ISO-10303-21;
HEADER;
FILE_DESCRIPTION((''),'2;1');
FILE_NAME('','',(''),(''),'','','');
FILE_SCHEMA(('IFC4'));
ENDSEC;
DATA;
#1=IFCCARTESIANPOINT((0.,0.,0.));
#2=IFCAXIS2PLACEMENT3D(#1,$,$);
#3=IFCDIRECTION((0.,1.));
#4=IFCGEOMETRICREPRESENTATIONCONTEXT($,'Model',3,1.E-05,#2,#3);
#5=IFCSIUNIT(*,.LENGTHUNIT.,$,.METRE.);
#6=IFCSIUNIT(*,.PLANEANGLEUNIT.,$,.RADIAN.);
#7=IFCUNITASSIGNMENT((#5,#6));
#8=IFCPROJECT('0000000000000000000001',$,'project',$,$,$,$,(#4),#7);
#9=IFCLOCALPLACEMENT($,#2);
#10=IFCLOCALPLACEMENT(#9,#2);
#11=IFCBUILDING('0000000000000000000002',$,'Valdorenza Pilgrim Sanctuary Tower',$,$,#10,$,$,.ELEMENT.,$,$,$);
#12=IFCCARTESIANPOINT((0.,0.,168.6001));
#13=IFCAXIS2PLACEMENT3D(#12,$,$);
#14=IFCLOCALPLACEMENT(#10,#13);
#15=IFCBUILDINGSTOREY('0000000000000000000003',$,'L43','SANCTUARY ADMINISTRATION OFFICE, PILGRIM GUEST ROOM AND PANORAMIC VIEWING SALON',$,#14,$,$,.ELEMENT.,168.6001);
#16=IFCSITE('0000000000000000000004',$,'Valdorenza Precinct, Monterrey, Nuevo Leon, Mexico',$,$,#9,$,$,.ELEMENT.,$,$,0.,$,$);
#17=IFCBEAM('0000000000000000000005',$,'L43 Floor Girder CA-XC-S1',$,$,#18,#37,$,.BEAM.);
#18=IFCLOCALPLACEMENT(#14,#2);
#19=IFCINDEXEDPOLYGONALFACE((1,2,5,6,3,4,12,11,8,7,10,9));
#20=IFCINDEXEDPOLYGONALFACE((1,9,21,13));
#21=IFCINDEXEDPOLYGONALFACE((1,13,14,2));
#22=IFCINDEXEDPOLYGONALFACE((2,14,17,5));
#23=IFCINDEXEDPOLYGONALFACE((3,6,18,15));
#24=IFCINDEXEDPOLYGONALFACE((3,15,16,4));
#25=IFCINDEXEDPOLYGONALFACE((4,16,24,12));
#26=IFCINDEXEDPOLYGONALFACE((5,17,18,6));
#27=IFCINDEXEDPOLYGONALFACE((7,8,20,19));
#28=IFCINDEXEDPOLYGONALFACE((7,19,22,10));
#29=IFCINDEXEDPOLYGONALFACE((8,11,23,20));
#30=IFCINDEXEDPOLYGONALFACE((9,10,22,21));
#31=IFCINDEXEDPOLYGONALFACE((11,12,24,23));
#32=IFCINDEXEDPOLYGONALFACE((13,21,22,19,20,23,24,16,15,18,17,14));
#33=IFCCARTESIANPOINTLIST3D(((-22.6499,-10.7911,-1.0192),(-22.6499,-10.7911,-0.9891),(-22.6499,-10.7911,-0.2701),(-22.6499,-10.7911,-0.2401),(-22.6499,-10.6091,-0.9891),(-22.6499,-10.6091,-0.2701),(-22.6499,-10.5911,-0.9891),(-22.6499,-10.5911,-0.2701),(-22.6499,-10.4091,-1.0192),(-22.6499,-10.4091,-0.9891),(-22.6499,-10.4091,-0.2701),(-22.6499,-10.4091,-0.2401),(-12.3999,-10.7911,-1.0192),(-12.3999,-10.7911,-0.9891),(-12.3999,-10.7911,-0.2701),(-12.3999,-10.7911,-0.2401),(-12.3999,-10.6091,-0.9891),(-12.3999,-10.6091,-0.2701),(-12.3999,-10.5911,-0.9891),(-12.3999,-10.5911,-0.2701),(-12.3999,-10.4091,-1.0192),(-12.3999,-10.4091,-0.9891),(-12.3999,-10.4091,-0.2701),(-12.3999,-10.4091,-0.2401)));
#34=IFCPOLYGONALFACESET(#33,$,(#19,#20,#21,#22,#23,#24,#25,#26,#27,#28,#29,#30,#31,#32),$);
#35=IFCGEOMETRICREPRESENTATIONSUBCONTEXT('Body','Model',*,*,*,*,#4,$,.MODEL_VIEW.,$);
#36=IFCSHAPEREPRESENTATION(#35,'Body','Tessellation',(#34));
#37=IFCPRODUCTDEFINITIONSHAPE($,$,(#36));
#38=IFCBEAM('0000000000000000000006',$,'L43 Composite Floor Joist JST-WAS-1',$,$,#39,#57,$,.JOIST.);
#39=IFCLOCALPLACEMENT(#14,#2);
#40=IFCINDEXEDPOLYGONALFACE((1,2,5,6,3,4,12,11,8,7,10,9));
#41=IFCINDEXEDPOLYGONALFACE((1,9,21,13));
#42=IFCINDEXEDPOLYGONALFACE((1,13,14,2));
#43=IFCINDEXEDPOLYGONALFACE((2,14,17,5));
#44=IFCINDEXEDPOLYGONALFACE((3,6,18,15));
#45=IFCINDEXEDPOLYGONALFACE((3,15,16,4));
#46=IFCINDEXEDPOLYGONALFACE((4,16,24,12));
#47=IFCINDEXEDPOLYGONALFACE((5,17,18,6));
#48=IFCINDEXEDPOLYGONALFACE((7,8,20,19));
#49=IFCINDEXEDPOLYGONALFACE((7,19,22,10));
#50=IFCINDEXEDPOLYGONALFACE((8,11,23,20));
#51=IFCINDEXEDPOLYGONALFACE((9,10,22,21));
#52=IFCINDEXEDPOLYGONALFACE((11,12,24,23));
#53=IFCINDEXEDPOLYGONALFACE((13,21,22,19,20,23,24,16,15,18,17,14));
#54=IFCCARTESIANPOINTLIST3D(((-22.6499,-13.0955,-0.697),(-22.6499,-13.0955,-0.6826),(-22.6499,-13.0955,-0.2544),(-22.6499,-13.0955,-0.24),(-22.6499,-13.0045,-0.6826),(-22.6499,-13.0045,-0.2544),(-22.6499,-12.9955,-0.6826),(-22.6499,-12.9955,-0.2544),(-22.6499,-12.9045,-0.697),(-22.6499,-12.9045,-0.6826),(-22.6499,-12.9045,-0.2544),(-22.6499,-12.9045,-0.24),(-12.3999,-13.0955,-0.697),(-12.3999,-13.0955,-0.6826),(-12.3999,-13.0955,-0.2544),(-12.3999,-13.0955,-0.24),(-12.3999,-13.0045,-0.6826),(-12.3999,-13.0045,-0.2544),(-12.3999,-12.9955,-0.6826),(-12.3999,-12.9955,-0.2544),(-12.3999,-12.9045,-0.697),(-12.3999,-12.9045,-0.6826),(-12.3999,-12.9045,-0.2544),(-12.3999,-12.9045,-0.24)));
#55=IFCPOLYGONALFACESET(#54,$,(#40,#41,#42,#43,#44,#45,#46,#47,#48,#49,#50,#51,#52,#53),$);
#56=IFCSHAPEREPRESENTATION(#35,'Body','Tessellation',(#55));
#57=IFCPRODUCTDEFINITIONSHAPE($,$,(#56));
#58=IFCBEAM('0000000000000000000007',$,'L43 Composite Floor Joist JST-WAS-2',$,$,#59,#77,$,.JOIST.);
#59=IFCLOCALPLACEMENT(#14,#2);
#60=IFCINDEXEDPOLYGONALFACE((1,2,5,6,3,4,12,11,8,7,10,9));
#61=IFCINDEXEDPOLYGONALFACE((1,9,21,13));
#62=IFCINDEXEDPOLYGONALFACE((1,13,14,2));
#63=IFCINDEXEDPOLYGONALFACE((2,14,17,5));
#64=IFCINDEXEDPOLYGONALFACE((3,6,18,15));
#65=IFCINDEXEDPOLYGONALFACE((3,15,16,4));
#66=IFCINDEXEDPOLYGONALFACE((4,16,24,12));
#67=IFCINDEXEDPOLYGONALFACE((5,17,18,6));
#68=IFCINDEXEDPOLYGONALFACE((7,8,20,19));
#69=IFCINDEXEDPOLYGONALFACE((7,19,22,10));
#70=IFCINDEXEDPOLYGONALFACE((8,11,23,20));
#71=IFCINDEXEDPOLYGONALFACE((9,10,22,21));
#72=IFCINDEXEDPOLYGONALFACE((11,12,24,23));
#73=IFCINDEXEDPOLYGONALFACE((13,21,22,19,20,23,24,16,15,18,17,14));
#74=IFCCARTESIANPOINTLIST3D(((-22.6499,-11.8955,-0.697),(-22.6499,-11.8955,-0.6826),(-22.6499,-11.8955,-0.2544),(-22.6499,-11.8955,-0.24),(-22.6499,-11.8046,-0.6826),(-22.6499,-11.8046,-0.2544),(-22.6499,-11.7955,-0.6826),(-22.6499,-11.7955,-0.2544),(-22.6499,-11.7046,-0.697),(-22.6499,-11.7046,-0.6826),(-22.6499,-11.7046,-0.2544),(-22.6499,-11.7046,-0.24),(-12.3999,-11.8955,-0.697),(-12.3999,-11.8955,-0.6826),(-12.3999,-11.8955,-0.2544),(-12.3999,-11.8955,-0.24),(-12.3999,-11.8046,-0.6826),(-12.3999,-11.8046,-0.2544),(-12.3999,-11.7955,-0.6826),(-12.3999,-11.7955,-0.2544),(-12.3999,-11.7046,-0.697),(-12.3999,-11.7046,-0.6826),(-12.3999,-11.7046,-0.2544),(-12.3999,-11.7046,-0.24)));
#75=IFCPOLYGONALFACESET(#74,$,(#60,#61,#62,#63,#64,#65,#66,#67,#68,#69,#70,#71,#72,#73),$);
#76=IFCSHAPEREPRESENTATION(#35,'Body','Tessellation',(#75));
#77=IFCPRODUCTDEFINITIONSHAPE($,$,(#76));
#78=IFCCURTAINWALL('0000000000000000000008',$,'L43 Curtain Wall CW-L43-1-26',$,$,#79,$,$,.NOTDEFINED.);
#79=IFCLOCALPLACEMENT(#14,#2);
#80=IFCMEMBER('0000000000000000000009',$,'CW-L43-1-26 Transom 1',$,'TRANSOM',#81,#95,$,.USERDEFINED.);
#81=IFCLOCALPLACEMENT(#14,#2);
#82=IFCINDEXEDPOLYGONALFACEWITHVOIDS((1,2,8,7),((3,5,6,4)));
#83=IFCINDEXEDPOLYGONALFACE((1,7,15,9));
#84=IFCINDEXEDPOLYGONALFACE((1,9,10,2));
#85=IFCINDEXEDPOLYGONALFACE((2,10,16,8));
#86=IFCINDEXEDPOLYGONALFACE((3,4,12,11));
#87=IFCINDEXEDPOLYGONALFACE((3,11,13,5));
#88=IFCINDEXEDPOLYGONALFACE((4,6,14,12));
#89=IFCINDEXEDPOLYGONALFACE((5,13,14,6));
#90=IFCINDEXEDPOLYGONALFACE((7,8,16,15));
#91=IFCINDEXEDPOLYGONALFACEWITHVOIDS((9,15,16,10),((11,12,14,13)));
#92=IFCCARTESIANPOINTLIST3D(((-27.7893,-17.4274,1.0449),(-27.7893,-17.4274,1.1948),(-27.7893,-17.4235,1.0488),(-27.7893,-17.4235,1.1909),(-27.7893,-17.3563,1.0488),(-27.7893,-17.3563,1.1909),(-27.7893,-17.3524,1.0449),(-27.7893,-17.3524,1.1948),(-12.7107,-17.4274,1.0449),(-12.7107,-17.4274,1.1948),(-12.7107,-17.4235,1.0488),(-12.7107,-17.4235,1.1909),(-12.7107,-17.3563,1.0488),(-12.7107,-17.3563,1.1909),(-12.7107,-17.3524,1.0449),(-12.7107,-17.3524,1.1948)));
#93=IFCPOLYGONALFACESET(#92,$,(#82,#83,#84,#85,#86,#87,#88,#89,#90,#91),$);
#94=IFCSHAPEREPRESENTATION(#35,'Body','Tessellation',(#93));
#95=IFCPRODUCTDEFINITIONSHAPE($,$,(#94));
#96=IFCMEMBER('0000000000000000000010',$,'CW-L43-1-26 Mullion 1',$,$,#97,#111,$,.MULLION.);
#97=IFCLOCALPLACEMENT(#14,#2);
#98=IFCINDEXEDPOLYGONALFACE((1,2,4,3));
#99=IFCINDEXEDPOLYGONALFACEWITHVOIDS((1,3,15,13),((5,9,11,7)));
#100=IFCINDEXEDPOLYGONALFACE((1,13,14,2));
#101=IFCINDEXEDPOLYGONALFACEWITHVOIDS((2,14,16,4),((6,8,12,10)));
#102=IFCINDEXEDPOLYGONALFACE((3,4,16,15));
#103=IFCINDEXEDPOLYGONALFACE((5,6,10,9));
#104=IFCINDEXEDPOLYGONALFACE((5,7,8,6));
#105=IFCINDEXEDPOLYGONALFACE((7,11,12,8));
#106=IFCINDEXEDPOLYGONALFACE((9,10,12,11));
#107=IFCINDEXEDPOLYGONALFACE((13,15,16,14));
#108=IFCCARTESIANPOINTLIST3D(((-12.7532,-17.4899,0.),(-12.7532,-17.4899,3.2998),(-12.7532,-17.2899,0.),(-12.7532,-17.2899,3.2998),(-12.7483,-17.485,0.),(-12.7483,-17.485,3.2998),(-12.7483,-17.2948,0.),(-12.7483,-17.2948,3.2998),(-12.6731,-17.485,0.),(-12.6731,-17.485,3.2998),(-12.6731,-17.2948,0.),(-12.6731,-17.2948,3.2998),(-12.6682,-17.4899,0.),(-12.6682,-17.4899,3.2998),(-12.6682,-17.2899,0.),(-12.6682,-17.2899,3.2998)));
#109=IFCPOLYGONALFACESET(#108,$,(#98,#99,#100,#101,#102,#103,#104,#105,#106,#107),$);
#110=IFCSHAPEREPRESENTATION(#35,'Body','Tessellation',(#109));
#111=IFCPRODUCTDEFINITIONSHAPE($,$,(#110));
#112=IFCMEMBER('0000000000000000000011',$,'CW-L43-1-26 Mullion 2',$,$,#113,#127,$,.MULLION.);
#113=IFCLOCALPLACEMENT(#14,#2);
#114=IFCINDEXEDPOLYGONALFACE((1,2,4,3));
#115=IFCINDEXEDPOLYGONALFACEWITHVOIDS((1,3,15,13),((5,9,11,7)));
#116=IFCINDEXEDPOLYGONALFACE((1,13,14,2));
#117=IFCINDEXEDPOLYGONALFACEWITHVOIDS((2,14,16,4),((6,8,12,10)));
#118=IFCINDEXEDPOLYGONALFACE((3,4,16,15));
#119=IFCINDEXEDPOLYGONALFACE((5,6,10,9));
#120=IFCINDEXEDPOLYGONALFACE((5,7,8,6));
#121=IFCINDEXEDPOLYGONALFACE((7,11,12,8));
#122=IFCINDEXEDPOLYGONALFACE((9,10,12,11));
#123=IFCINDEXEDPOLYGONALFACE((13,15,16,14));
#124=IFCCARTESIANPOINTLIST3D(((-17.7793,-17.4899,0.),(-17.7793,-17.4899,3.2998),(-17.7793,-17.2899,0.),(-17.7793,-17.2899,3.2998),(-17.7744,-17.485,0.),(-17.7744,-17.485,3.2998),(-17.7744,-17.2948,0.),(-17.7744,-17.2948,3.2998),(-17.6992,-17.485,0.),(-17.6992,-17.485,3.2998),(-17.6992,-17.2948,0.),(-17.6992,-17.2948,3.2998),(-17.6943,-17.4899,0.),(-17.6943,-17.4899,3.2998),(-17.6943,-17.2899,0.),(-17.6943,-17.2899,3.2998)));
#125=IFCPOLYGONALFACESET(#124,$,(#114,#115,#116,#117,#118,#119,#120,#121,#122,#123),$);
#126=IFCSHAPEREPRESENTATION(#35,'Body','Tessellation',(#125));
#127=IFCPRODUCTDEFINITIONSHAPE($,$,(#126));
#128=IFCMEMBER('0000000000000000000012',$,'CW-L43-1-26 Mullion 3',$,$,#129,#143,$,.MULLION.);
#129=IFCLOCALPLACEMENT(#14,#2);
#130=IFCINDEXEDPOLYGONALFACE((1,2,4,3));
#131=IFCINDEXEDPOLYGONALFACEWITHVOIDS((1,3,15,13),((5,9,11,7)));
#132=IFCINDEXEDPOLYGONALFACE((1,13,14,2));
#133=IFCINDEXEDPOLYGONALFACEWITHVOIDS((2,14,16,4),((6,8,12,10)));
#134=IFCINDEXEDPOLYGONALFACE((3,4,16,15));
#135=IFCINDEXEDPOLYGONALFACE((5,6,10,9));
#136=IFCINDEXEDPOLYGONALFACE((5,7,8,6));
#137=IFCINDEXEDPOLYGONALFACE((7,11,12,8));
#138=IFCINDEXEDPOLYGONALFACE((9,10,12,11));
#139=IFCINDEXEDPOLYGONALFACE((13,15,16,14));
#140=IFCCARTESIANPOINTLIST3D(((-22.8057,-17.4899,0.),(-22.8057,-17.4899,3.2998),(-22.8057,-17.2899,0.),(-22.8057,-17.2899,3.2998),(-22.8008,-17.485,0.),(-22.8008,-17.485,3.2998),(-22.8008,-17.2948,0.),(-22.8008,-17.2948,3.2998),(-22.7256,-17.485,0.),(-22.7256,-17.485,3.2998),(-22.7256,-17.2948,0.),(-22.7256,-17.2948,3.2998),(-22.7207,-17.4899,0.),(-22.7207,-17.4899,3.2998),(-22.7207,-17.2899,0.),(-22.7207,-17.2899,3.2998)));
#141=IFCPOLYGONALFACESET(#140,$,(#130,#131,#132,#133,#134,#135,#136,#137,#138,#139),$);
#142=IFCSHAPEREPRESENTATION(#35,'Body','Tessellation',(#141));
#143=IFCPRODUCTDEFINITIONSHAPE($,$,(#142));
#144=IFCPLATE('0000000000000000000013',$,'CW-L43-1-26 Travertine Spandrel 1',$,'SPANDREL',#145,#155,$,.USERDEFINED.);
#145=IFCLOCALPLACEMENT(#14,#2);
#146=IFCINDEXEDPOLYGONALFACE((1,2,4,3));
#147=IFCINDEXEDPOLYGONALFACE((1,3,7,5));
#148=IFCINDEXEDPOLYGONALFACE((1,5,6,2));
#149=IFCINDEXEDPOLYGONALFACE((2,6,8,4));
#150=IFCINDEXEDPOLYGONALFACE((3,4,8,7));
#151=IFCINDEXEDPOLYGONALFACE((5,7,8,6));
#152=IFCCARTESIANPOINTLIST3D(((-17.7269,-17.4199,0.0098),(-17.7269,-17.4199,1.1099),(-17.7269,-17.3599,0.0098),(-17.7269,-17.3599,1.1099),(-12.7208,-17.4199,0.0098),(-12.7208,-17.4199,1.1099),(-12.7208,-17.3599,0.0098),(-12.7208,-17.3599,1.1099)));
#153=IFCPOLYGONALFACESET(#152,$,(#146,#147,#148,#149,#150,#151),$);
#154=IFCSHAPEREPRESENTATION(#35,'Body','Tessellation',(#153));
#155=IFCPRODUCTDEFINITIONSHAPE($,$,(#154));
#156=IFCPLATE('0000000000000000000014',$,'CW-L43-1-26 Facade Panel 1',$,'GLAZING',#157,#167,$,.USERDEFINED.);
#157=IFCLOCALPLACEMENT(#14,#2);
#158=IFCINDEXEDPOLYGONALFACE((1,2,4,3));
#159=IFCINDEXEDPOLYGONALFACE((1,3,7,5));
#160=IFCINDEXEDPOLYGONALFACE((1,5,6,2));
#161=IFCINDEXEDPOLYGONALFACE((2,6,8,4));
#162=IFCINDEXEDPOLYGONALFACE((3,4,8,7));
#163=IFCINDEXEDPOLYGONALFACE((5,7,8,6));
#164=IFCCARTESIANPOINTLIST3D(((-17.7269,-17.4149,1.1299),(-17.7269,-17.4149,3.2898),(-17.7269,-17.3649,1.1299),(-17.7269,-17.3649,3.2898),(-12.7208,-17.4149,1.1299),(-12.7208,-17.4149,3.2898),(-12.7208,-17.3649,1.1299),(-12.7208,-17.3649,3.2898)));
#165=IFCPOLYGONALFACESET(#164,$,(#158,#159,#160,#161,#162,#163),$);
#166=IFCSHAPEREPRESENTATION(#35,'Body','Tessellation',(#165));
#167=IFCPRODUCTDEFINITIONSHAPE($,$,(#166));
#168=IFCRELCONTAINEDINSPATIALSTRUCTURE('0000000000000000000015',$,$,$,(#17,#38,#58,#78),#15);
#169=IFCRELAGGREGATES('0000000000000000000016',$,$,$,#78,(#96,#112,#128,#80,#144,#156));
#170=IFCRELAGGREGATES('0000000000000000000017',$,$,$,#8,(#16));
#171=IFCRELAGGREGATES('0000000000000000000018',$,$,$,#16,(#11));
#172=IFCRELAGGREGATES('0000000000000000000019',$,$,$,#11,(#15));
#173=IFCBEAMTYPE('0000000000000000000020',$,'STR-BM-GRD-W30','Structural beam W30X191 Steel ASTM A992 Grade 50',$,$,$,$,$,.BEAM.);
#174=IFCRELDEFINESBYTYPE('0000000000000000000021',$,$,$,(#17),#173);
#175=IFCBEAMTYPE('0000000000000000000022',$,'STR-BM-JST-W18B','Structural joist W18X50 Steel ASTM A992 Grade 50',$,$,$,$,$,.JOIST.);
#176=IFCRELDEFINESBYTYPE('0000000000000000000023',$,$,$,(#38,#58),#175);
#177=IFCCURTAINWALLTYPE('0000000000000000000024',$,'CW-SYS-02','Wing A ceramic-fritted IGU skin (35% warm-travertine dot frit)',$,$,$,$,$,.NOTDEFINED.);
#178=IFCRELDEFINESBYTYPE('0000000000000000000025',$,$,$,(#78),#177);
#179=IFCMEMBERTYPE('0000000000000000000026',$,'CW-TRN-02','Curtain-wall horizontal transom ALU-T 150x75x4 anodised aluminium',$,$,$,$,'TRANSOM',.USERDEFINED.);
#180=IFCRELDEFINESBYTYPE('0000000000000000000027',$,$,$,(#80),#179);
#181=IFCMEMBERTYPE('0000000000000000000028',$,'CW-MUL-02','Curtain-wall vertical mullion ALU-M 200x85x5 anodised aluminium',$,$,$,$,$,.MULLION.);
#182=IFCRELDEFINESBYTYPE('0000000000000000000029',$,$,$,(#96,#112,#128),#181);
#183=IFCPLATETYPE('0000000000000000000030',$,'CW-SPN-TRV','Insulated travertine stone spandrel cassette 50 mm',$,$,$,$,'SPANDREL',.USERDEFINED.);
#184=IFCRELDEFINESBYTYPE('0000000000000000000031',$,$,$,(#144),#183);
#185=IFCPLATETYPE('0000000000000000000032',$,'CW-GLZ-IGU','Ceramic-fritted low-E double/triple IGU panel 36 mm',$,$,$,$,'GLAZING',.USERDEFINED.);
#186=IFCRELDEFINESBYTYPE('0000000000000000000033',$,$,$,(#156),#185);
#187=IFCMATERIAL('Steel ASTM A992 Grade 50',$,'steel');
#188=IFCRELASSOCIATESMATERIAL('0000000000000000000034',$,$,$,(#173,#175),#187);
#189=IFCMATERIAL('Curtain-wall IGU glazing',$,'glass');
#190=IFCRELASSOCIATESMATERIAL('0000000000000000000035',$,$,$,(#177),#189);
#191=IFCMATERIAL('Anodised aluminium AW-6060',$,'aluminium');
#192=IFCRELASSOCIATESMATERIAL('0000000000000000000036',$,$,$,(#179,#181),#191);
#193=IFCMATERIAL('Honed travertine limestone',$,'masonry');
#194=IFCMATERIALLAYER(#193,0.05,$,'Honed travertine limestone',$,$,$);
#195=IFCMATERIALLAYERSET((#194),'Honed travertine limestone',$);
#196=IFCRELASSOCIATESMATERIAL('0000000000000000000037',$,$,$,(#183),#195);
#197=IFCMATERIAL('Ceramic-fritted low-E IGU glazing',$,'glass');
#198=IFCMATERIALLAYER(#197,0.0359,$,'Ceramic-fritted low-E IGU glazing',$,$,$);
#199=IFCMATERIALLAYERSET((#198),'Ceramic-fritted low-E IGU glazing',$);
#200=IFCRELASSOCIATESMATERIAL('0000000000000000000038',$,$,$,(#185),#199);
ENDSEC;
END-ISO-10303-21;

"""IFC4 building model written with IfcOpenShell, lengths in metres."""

from ifc_helpers import new_model, si_unit, direction, frame, origin, origin_2d, place, context, subcontext, project, spatial, rectangle, hollow_rectangle, i_section, extrude, source, transform, mapped, material, layer, layer_set, material_profile, profile_set, type_object, element, aggregate, save


model = new_model("IFC4")

# Units and contexts
model_context = context("Model", 3, precision=1e-05, world=origin(), true_north=direction((0.0, 1.0)))
body_context = subcontext(model_context, "Body", "Model", "MODEL_VIEW")
ifc_project = project(units=[si_unit("LENGTHUNIT", "METRE"), si_unit("PLANEANGLEUNIT", "RADIAN")], contexts=[model_context])

# Site, building, storey
site_placement = place(None, origin())
site = spatial("IfcSite", under=ifc_project, at=site_placement, Name="Valdorenza Precinct, Monterrey, Nuevo Leon, Mexico", CompositionType="ELEMENT", RefElevation=0.0)
building_placement = place(site_placement, origin())
building = spatial("IfcBuilding", under=site, at=building_placement, Name="Valdorenza Pilgrim Sanctuary Tower", CompositionType="ELEMENT")
storey_placement = place(building_placement, frame((0.0, 0.0, 168.6001)))
storey = spatial("IfcBuildingStorey", under=building, at=storey_placement, Name="L43", Description="SANCTUARY ADMINISTRATION OFFICE, PILGRIM GUEST ROOM AND PANORAMIC VIEWING SALON", CompositionType="ELEMENT", Elevation=168.6001)

# Shared definitions
ifc_material_1 = material(Name="Steel ASTM A992 Grade 50", Category="steel")

# Beams
ifc_material_profile_1 = material_profile(ifc_material_1, i_section(OverallWidth=0.3821, OverallDepth=0.7791, WebThickness=0.0181, FlangeThickness=0.03, at=origin_2d()), Name="W30X191")
ifc_profile_set_1 = profile_set([ifc_material_profile_1], Name="Steel ASTM A992 Grade 50")
beam_type_1 = type_object("IfcBeamType", Name="STR-BM-GRD-W30", Description="Structural beam W30X191 Steel ASTM A992 Grade 50", PredefinedType="BEAM", material=ifc_profile_set_1)
shared_shape_1 = source(origin(), body_context, "Body", "SweptSolid", [
    extrude(i_section(OverallWidth=0.3821, OverallDepth=0.7791, WebThickness=0.0181, FlangeThickness=0.03, at=origin_2d()), origin(), (0.0, 0.0, 1.0), 10.25),
])
beam_1_placement = place(storey_placement, frame((-22.6499, -10.6001, -0.6296), z_axis=(1.0, 0.0, 0.0), x_axis=(0.0, 1.0, 0.0)))
element("IfcBeam", 1, at=beam_1_placement, inside=storey, type_object=beam_type_1, Name="L43 Floor Girder CA-XC-S1", PredefinedType="BEAM", context=body_context, shape_type="MappedRepresentation", body=[
    mapped(shared_shape_1, transform((0.0, 0.0, 0.0), x_axis=(1.0, 0.0, 0.0), y_axis=(0.0, 1.0, 0.0), z_axis=(0.0, 0.0, 1.0), scale=1.0)),
])
ifc_material_profile_2 = material_profile(ifc_material_1, i_section(OverallWidth=0.1909, OverallDepth=0.457, WebThickness=0.009, FlangeThickness=0.0144, at=origin_2d()), Name="W18X50")
ifc_profile_set_2 = profile_set([ifc_material_profile_2], Name="Steel ASTM A992 Grade 50")
beam_type_2 = type_object("IfcBeamType", Name="STR-BM-JST-W18B", Description="Structural joist W18X50 Steel ASTM A992 Grade 50", PredefinedType="JOIST", material=ifc_profile_set_2)
shared_shape_2 = source(origin(), body_context, "Body", "SweptSolid", [
    extrude(i_section(OverallWidth=0.1909, OverallDepth=0.457, WebThickness=0.009, FlangeThickness=0.0144, at=origin_2d()), origin(), (0.0, 0.0, 1.0), 10.25),
])
for number, where, z_axis, x_axis, name in (
    (2, (-22.6499, -13.0, -0.4685), (1.0, 0.0, 0.0), (0.0, 1.0, 0.0), "L43 Composite Floor Joist JST-WAS-1"),
    (3, (-22.6499, -11.8, -0.4685), (1.0, 0.0, 0.0), (0.0, 1.0, 0.0), "L43 Composite Floor Joist JST-WAS-2"),
):
    element("IfcBeam", number, at=place(storey_placement, frame(where, z_axis=z_axis, x_axis=x_axis)), inside=storey, type_object=beam_type_2, Name=name, PredefinedType="JOIST", context=body_context, shape_type="MappedRepresentation", body=[
        mapped(shared_shape_2, transform((0.0, 0.0, 0.0), x_axis=(1.0, 0.0, 0.0), y_axis=(0.0, 1.0, 0.0), z_axis=(0.0, 0.0, 1.0), scale=1.0)),
    ])

# Curtain wall, members, plates
ifc_material_2 = material(Name="Curtain-wall IGU glazing", Category="glass")
curtain_wall_type = type_object("IfcCurtainWallType", Name="CW-SYS-02", Description="Wing A ceramic-fritted IGU skin (35% warm-travertine dot frit)", PredefinedType="NOTDEFINED", material=ifc_material_2)
curtain_wall_placement = place(storey_placement, origin())
curtain_wall = element("IfcCurtainWall", 4, at=curtain_wall_placement, inside=storey, type_object=curtain_wall_type, Name="L43 Curtain Wall CW-L43-1-26", PredefinedType="NOTDEFINED")
ifc_material_3 = material(Name="Anodised aluminium AW-6060", Category="aluminium")
ifc_material_profile_3 = material_profile(ifc_material_3, hollow_rectangle(XDim=0.075, YDim=0.1499, WallThickness=0.0039, at=origin_2d()), Name="ALU-T 150x75x4")
ifc_profile_set_3 = profile_set([ifc_material_profile_3], Name="Anodised aluminium AW-6060")
member_type_1 = type_object("IfcMemberType", Name="CW-TRN-02", Description="Curtain-wall horizontal transom ALU-T 150x75x4 anodised aluminium", ElementType="TRANSOM", PredefinedType="USERDEFINED", material=ifc_profile_set_3)
shared_shape_3 = source(origin(), body_context, "Body", "SweptSolid", [
    extrude(hollow_rectangle(XDim=0.075, YDim=0.1499, WallThickness=0.0039, at=origin_2d()), origin(), (0.0, 0.0, 1.0), 15.0786),
])
member_1_placement = place(storey_placement, frame((-12.7107, -17.3899, 1.1199), z_axis=(-1.0, 0.0, 0.0), x_axis=(0.0, -1.0, 0.0)))
member_1 = element("IfcMember", 5, at=member_1_placement, type_object=member_type_1, Name="CW-L43-1-26 Transom 1", ObjectType="TRANSOM", PredefinedType="USERDEFINED", context=body_context, shape_type="MappedRepresentation", body=[
    mapped(shared_shape_3, transform((0.0, 0.0, 0.0), x_axis=(1.0, 0.0, 0.0), y_axis=(0.0, 1.0, 0.0), z_axis=(0.0, 0.0, 1.0), scale=1.0)),
])
ifc_material_profile_4 = material_profile(ifc_material_3, hollow_rectangle(XDim=0.085, YDim=0.2, WallThickness=0.0049, at=origin_2d()), Name="ALU-M 200x85x5")
ifc_profile_set_4 = profile_set([ifc_material_profile_4], Name="Anodised aluminium AW-6060")
member_type_2 = type_object("IfcMemberType", Name="CW-MUL-02", Description="Curtain-wall vertical mullion ALU-M 200x85x5 anodised aluminium", PredefinedType="MULLION", material=ifc_profile_set_4)
shared_shape_4 = source(origin(), body_context, "Body", "SweptSolid", [
    extrude(hollow_rectangle(XDim=0.085, YDim=0.2, WallThickness=0.0049, at=origin_2d()), origin(), (0.0, 0.0, 1.0), 3.2998),
])
member_2_placement = place(storey_placement, frame((-12.7107, -17.3899, 0.0), z_axis=(0.0, 0.0, 1.0), x_axis=(-1.0, 0.0, 0.0)))
member_2 = element("IfcMember", 6, at=member_2_placement, type_object=member_type_2, Name="CW-L43-1-26 Mullion 1", PredefinedType="MULLION", context=body_context, shape_type="MappedRepresentation", body=[
    mapped(shared_shape_4, transform((0.0, 0.0, 0.0), x_axis=(1.0, 0.0, 0.0), y_axis=(0.0, 1.0, 0.0), z_axis=(0.0, 0.0, 1.0), scale=1.0)),
])
member_3_placement = place(storey_placement, frame((-17.7368, -17.3899, 0.0), z_axis=(0.0, 0.0, 1.0), x_axis=(-1.0, 0.0, 0.0)))
member_3 = element("IfcMember", 7, at=member_3_placement, type_object=member_type_2, Name="CW-L43-1-26 Mullion 2", PredefinedType="MULLION", context=body_context, shape_type="MappedRepresentation", body=[
    mapped(shared_shape_4, transform((0.0, 0.0, 0.0), x_axis=(1.0, 0.0, 0.0), y_axis=(0.0, 1.0, 0.0), z_axis=(0.0, 0.0, 1.0), scale=1.0)),
])
member_4_placement = place(storey_placement, frame((-22.7632, -17.3899, 0.0), z_axis=(0.0, 0.0, 1.0), x_axis=(-1.0, 0.0, 0.0)))
member_4 = element("IfcMember", 8, at=member_4_placement, type_object=member_type_2, Name="CW-L43-1-26 Mullion 3", PredefinedType="MULLION", context=body_context, shape_type="MappedRepresentation", body=[
    mapped(shared_shape_4, transform((0.0, 0.0, 0.0), x_axis=(1.0, 0.0, 0.0), y_axis=(0.0, 1.0, 0.0), z_axis=(0.0, 0.0, 1.0), scale=1.0)),
])
ifc_material_4 = material(Name="Honed travertine limestone", Category="masonry")
ifc_layer_1 = layer(ifc_material_4, 0.05, Name="Honed travertine limestone")
ifc_layer_set_1 = layer_set([ifc_layer_1], Name="Honed travertine limestone")
plate_type_1 = type_object("IfcPlateType", Name="CW-SPN-TRV", Description="Insulated travertine stone spandrel cassette 50 mm", ElementType="SPANDREL", PredefinedType="USERDEFINED", material=ifc_layer_set_1)
shared_shape_5 = source(origin(), body_context, "Body", "SweptSolid", [
    extrude(rectangle(XDim=5.0061, YDim=0.0601, at=origin_2d()), origin(), (0.0, 0.0, 1.0), 1.1001),
])
plate_1_placement = place(storey_placement, frame((-15.2239, -17.3899, 0.0098), z_axis=(0.0, 0.0, 1.0), x_axis=(-1.0, 0.0, 0.0)))
plate_1 = element("IfcPlate", 9, at=plate_1_placement, type_object=plate_type_1, Name="CW-L43-1-26 Travertine Spandrel 1", ObjectType="SPANDREL", PredefinedType="USERDEFINED", context=body_context, shape_type="MappedRepresentation", body=[
    mapped(shared_shape_5, transform((0.0, 0.0, 0.0), x_axis=(1.0, 0.0, 0.0), y_axis=(0.0, 1.0, 0.0), z_axis=(0.0, 0.0, 1.0), scale=1.0)),
])
ifc_material_5 = material(Name="Ceramic-fritted low-E IGU glazing", Category="glass")
ifc_layer_2 = layer(ifc_material_5, 0.0359, Name="Ceramic-fritted low-E IGU glazing")
ifc_layer_set_2 = layer_set([ifc_layer_2], Name="Ceramic-fritted low-E IGU glazing")
plate_type_2 = type_object("IfcPlateType", Name="CW-GLZ-IGU", Description="Ceramic-fritted low-E double/triple IGU panel 36 mm", ElementType="GLAZING", PredefinedType="USERDEFINED", material=ifc_layer_set_2)
shared_shape_6 = source(origin(), body_context, "Body", "SweptSolid", [
    extrude(rectangle(XDim=5.0061, YDim=0.05, at=origin_2d()), origin(), (0.0, 0.0, 1.0), 2.1599),
])
plate_2_placement = place(storey_placement, frame((-15.2239, -17.3899, 1.1299), z_axis=(0.0, 0.0, 1.0), x_axis=(-1.0, 0.0, 0.0)))
plate_2 = element("IfcPlate", 10, at=plate_2_placement, type_object=plate_type_2, Name="CW-L43-1-26 Facade Panel 1", ObjectType="GLAZING", PredefinedType="USERDEFINED", context=body_context, shape_type="MappedRepresentation", body=[
    mapped(shared_shape_6, transform((0.0, 0.0, 0.0), x_axis=(1.0, 0.0, 0.0), y_axis=(0.0, 1.0, 0.0), z_axis=(0.0, 0.0, 1.0), scale=1.0)),
])
aggregate(curtain_wall, [member_2, member_3, member_4, member_1, plate_1, plate_2])

save(model, "model.ifc")
